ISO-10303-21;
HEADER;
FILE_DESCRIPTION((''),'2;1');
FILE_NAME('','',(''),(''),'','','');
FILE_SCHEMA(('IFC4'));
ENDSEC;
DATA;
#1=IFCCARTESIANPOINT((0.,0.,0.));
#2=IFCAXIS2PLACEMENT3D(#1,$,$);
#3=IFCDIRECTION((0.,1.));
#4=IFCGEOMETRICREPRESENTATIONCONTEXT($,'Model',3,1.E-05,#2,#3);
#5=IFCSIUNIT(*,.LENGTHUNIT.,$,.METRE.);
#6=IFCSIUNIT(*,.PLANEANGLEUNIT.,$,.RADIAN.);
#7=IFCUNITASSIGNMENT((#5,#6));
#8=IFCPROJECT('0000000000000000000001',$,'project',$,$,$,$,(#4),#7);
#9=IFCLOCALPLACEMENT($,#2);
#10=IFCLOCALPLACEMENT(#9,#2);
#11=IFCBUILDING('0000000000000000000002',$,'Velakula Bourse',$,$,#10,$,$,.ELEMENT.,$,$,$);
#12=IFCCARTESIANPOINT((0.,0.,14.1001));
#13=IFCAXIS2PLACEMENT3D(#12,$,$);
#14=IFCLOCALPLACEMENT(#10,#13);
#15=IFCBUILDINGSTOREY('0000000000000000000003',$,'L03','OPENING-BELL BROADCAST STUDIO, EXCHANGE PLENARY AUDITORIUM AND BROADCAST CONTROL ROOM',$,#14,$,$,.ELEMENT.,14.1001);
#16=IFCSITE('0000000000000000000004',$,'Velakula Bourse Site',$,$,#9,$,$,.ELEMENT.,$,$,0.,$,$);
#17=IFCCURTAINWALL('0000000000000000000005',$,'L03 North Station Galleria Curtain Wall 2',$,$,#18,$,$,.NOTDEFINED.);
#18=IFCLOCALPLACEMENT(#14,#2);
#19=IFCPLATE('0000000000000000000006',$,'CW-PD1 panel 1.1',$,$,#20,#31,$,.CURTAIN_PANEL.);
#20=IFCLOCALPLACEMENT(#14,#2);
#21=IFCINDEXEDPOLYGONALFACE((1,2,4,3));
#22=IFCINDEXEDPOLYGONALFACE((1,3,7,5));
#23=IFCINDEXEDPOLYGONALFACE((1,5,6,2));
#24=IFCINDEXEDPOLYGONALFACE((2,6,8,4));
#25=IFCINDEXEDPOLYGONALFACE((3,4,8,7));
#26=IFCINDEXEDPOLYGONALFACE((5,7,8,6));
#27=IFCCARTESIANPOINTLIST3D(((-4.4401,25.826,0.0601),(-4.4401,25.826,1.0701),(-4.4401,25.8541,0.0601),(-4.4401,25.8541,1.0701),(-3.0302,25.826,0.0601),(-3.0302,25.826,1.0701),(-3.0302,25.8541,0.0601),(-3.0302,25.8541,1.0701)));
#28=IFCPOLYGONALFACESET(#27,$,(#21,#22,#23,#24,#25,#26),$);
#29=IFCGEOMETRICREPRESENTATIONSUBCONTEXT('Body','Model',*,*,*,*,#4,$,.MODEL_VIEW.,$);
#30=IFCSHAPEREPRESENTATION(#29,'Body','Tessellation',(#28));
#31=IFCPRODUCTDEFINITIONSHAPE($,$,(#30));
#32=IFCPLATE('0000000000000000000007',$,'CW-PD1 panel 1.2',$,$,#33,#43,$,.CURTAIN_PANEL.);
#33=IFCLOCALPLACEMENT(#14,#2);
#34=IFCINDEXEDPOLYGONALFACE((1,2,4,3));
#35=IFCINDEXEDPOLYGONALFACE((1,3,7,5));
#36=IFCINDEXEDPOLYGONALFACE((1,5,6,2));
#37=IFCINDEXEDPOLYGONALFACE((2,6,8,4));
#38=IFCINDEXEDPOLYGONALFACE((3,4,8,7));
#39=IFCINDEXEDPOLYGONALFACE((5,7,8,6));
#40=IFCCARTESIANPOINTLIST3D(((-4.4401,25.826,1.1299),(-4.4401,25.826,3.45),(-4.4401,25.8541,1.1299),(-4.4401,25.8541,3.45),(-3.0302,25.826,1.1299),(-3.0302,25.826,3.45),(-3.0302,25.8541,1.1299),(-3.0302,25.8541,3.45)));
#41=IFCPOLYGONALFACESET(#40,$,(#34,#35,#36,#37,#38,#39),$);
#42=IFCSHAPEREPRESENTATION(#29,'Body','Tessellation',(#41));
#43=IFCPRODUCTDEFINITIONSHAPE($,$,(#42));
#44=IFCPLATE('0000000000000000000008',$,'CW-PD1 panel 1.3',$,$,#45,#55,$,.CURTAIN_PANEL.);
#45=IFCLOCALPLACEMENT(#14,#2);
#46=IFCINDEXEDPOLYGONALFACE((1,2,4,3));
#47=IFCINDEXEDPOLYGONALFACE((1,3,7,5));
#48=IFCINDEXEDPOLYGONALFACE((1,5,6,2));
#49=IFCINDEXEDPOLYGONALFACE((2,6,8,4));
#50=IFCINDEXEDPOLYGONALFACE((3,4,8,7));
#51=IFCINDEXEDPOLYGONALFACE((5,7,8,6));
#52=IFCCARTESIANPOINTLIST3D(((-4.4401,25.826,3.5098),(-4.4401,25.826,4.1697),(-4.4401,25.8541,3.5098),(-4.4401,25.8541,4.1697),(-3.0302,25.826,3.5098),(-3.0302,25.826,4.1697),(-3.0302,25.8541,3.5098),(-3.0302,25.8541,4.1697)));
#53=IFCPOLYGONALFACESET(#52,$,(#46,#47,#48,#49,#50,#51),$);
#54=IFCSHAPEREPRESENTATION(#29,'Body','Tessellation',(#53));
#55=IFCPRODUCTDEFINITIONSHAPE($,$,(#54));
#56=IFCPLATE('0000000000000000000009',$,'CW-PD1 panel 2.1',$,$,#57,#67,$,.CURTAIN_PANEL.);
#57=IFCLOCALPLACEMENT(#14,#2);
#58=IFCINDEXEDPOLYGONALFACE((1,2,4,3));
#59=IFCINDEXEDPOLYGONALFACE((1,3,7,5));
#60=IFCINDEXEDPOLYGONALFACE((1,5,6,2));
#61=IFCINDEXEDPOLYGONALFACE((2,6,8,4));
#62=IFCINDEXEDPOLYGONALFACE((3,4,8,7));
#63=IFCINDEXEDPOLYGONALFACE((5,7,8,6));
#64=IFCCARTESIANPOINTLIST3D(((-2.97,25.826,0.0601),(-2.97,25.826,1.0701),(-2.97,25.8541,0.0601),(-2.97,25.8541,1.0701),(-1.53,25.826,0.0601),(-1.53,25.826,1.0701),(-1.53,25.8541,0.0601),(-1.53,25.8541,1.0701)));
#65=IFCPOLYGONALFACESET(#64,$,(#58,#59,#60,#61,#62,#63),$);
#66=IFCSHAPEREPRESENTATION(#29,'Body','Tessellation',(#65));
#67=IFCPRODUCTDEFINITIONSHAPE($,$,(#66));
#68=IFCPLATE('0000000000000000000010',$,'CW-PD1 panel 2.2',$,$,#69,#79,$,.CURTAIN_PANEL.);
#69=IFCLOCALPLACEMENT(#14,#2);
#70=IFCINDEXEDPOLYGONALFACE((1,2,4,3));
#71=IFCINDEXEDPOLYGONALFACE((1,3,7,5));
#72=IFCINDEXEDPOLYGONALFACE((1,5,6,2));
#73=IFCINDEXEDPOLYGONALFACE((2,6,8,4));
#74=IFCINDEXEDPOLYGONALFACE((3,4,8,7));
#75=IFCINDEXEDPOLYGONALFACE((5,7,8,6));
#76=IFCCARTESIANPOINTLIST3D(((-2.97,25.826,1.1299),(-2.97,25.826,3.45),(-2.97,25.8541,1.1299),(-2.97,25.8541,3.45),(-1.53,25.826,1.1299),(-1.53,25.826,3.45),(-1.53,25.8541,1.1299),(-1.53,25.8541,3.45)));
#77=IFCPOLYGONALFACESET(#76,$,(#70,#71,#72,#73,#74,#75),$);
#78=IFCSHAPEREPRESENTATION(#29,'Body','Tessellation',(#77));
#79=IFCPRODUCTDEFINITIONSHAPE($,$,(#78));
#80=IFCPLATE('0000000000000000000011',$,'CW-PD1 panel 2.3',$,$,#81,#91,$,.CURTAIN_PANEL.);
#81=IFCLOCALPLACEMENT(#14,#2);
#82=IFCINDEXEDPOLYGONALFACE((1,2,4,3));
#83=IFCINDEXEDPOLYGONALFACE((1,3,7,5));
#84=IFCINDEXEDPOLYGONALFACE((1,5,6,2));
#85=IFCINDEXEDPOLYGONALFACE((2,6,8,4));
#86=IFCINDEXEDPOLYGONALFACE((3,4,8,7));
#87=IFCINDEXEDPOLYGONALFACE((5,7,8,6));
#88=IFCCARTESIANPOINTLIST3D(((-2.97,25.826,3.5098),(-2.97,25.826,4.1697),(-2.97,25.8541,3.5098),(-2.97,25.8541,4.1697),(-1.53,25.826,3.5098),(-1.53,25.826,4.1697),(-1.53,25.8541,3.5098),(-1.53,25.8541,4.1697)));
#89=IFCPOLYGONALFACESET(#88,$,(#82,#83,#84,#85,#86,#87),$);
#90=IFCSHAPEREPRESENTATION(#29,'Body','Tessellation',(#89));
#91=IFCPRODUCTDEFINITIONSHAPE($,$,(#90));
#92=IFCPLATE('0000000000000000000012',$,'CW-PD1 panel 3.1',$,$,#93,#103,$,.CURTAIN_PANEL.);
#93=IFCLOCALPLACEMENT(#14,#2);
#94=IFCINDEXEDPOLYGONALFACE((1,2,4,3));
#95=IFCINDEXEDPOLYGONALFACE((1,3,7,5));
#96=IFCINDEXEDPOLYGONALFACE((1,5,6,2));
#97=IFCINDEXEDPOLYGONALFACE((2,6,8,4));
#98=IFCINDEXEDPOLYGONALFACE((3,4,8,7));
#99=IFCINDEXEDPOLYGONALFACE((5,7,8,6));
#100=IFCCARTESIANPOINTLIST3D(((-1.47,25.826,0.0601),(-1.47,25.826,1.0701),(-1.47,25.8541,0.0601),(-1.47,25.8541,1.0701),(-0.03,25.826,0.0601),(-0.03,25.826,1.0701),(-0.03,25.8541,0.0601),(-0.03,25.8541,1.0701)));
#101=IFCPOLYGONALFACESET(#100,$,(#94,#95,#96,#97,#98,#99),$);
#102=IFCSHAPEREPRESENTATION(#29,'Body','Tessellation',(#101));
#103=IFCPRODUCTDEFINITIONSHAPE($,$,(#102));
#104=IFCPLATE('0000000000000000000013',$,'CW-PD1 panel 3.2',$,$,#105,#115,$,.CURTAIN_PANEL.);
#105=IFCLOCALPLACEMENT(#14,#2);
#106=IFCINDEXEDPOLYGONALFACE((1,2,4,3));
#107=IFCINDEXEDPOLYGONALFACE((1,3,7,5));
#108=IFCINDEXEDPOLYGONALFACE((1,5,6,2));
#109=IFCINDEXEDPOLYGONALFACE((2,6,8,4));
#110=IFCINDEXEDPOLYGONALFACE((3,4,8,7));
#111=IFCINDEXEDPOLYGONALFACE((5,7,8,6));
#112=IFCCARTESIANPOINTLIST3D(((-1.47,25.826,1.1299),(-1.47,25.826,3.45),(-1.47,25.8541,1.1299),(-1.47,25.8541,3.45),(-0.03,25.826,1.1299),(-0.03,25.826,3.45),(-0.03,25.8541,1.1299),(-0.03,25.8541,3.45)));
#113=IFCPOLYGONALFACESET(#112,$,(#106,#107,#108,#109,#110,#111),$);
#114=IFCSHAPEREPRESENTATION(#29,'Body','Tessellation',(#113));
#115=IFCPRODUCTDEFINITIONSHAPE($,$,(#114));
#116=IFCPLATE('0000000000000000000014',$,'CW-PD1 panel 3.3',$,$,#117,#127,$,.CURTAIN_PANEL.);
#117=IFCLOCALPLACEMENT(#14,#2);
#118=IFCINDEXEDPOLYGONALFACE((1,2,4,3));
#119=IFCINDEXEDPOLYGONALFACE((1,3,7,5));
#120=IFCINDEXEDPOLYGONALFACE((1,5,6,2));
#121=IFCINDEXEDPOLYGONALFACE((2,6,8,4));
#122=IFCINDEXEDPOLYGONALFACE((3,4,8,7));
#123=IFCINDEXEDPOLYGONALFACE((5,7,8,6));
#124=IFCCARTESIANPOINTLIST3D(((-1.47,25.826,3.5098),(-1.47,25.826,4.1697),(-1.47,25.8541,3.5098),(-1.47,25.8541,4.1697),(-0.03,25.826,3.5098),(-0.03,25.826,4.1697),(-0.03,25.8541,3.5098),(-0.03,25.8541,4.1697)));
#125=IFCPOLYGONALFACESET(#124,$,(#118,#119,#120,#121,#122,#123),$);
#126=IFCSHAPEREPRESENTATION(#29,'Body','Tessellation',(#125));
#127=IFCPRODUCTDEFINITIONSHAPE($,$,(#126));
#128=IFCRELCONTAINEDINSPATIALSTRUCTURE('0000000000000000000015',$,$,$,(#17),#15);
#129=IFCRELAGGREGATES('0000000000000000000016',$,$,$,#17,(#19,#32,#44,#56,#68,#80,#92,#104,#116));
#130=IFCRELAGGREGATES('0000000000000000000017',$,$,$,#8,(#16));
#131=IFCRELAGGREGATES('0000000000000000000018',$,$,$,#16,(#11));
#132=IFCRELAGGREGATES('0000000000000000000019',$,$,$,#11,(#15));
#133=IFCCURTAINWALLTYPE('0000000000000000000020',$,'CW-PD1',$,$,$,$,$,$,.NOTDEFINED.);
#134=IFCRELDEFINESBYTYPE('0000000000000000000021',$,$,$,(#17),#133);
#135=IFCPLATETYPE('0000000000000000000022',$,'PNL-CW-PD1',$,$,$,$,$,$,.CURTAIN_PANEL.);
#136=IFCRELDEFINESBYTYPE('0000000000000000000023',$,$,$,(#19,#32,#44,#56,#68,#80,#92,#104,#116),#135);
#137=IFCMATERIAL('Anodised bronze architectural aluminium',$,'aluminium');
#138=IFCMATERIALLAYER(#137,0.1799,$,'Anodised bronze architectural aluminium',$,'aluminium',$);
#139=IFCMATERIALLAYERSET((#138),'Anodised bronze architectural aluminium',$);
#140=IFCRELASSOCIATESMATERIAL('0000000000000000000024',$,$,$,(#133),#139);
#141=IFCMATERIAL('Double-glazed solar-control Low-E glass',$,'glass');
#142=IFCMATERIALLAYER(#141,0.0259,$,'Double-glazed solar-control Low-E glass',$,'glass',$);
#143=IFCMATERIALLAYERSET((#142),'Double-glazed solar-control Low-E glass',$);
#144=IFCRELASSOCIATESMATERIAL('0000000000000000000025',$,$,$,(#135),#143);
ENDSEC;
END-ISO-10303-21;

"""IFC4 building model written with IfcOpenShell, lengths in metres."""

from ifc_helpers import new_model, si_unit, direction, frame, origin, origin_2d, place, context, subcontext, project, spatial, rectangle, extrude, material, layer, layer_set, type_object, element, aggregate, save


model = new_model("IFC4")

# Units and contexts
model_context = context("Model", 3, precision=1e-05, world=origin(), true_north=direction((0.0, 1.0)))
body_context = subcontext(model_context, "Body", "Model", "MODEL_VIEW")
ifc_project = project(units=[si_unit("LENGTHUNIT", "METRE"), si_unit("PLANEANGLEUNIT", "RADIAN")], contexts=[model_context])

# Site, building, storey
site_placement = place(None, origin())
site = spatial("IfcSite", under=ifc_project, at=site_placement, Name="Velakula Bourse Site", CompositionType="ELEMENT", RefElevation=0.0)
building_placement = place(site_placement, origin())
building = spatial("IfcBuilding", under=site, at=building_placement, Name="Velakula Bourse", CompositionType="ELEMENT")
storey_placement = place(building_placement, frame((0.0, 0.0, 14.1001)))
storey = spatial("IfcBuildingStorey", under=building, at=storey_placement, Name="L03", Description="OPENING-BELL BROADCAST STUDIO, EXCHANGE PLENARY AUDITORIUM AND BROADCAST CONTROL ROOM", CompositionType="ELEMENT", Elevation=14.1001)

# Curtain wall, plates
ifc_material_1 = material(Name="Anodised bronze architectural aluminium", Category="aluminium")
ifc_layer_1 = layer(ifc_material_1, 0.1799, Name="Anodised bronze architectural aluminium", Category="aluminium")
ifc_layer_set_1 = layer_set([ifc_layer_1], Name="Anodised bronze architectural aluminium")
curtain_wall_type = type_object("IfcCurtainWallType", Name="CW-PD1", PredefinedType="NOTDEFINED", material=ifc_layer_set_1)
curtain_wall_placement = place(storey_placement, origin())
curtain_wall = element("IfcCurtainWall", 1, at=curtain_wall_placement, inside=storey, type_object=curtain_wall_type, Name="L03 North Station Galleria Curtain Wall 2", PredefinedType="NOTDEFINED")
ifc_material_2 = material(Name="Double-glazed solar-control Low-E glass", Category="glass")
ifc_layer_2 = layer(ifc_material_2, 0.0259, Name="Double-glazed solar-control Low-E glass", Category="glass")
ifc_layer_set_2 = layer_set([ifc_layer_2], Name="Double-glazed solar-control Low-E glass")
plate_type = type_object("IfcPlateType", Name="PNL-CW-PD1", PredefinedType="CURTAIN_PANEL", material=ifc_layer_set_2)
plate_1_placement = place(storey_placement, frame((-3.7351, 25.8401, 0.0601), z_axis=(0.0, 0.0, 1.0), x_axis=(1.0, 0.0, 0.0)))
plate_1 = element("IfcPlate", 2, at=plate_1_placement, type_object=plate_type, Name="CW-PD1 panel 1.1", PredefinedType="CURTAIN_PANEL", context=body_context, shape_type="SweptSolid", body=[
    extrude(rectangle(XDim=1.4099, YDim=0.0281, at=origin_2d()), origin(), (0.0, 0.0, 1.0), 1.01),
])
plate_2_placement = place(storey_placement, frame((-3.7351, 25.8401, 1.1299), z_axis=(0.0, 0.0, 1.0), x_axis=(1.0, 0.0, 0.0)))
plate_2 = element("IfcPlate", 3, at=plate_2_placement, type_object=plate_type, Name="CW-PD1 panel 1.2", PredefinedType="CURTAIN_PANEL", context=body_context, shape_type="SweptSolid", body=[
    extrude(rectangle(XDim=1.4099, YDim=0.0281, at=origin_2d()), origin(), (0.0, 0.0, 1.0), 2.3201),
])
plate_3_placement = place(storey_placement, frame((-3.7351, 25.8401, 3.5098), z_axis=(0.0, 0.0, 1.0), x_axis=(1.0, 0.0, 0.0)))
plate_3 = element("IfcPlate", 4, at=plate_3_placement, type_object=plate_type, Name="CW-PD1 panel 1.3", PredefinedType="CURTAIN_PANEL", context=body_context, shape_type="SweptSolid", body=[
    extrude(rectangle(XDim=1.4099, YDim=0.0281, at=origin_2d()), origin(), (0.0, 0.0, 1.0), 0.6599),
])
plate_4_placement = place(storey_placement, frame((-2.25, 25.8401, 0.0601), z_axis=(0.0, 0.0, 1.0), x_axis=(1.0, 0.0, 0.0)))
plate_4 = element("IfcPlate", 5, at=plate_4_placement, type_object=plate_type, Name="CW-PD1 panel 2.1", PredefinedType="CURTAIN_PANEL", context=body_context, shape_type="SweptSolid", body=[
    extrude(rectangle(XDim=1.4399, YDim=0.0281, at=origin_2d()), origin(), (0.0, 0.0, 1.0), 1.01),
])
plate_5_placement = place(storey_placement, frame((-2.25, 25.8401, 1.1299), z_axis=(0.0, 0.0, 1.0), x_axis=(1.0, 0.0, 0.0)))
plate_5 = element("IfcPlate", 6, at=plate_5_placement, type_object=plate_type, Name="CW-PD1 panel 2.2", PredefinedType="CURTAIN_PANEL", context=body_context, shape_type="SweptSolid", body=[
    extrude(rectangle(XDim=1.4399, YDim=0.0281, at=origin_2d()), origin(), (0.0, 0.0, 1.0), 2.3201),
])
plate_6_placement = place(storey_placement, frame((-2.25, 25.8401, 3.5098), z_axis=(0.0, 0.0, 1.0), x_axis=(1.0, 0.0, 0.0)))
plate_6 = element("IfcPlate", 7, at=plate_6_placement, type_object=plate_type, Name="CW-PD1 panel 2.3", PredefinedType="CURTAIN_PANEL", context=body_context, shape_type="SweptSolid", body=[
    extrude(rectangle(XDim=1.4399, YDim=0.0281, at=origin_2d()), origin(), (0.0, 0.0, 1.0), 0.6599),
])
plate_7_placement = place(storey_placement, frame((-0.75, 25.8401, 0.0601), z_axis=(0.0, 0.0, 1.0), x_axis=(1.0, 0.0, 0.0)))
plate_7 = element("IfcPlate", 8, at=plate_7_placement, type_object=plate_type, Name="CW-PD1 panel 3.1", PredefinedType="CURTAIN_PANEL", context=body_context, shape_type="SweptSolid", body=[
    extrude(rectangle(XDim=1.4399, YDim=0.0281, at=origin_2d()), origin(), (0.0, 0.0, 1.0), 1.01),
])
plate_8_placement = place(storey_placement, frame((-0.75, 25.8401, 1.1299), z_axis=(0.0, 0.0, 1.0), x_axis=(1.0, 0.0, 0.0)))
plate_8 = element("IfcPlate", 9, at=plate_8_placement, type_object=plate_type, Name="CW-PD1 panel 3.2", PredefinedType="CURTAIN_PANEL", context=body_context, shape_type="SweptSolid", body=[
    extrude(rectangle(XDim=1.4399, YDim=0.0281, at=origin_2d()), origin(), (0.0, 0.0, 1.0), 2.3201),
])
plate_9_placement = place(storey_placement, frame((-0.75, 25.8401, 3.5098), z_axis=(0.0, 0.0, 1.0), x_axis=(1.0, 0.0, 0.0)))
plate_9 = element("IfcPlate", 10, at=plate_9_placement, type_object=plate_type, Name="CW-PD1 panel 3.3", PredefinedType="CURTAIN_PANEL", context=body_context, shape_type="SweptSolid", body=[
    extrude(rectangle(XDim=1.4399, YDim=0.0281, at=origin_2d()), origin(), (0.0, 0.0, 1.0), 0.6599),
])
aggregate(curtain_wall, [plate_1, plate_2, plate_3, plate_4, plate_5, plate_6, plate_7, plate_8, plate_9])

save(model, "model.ifc")
